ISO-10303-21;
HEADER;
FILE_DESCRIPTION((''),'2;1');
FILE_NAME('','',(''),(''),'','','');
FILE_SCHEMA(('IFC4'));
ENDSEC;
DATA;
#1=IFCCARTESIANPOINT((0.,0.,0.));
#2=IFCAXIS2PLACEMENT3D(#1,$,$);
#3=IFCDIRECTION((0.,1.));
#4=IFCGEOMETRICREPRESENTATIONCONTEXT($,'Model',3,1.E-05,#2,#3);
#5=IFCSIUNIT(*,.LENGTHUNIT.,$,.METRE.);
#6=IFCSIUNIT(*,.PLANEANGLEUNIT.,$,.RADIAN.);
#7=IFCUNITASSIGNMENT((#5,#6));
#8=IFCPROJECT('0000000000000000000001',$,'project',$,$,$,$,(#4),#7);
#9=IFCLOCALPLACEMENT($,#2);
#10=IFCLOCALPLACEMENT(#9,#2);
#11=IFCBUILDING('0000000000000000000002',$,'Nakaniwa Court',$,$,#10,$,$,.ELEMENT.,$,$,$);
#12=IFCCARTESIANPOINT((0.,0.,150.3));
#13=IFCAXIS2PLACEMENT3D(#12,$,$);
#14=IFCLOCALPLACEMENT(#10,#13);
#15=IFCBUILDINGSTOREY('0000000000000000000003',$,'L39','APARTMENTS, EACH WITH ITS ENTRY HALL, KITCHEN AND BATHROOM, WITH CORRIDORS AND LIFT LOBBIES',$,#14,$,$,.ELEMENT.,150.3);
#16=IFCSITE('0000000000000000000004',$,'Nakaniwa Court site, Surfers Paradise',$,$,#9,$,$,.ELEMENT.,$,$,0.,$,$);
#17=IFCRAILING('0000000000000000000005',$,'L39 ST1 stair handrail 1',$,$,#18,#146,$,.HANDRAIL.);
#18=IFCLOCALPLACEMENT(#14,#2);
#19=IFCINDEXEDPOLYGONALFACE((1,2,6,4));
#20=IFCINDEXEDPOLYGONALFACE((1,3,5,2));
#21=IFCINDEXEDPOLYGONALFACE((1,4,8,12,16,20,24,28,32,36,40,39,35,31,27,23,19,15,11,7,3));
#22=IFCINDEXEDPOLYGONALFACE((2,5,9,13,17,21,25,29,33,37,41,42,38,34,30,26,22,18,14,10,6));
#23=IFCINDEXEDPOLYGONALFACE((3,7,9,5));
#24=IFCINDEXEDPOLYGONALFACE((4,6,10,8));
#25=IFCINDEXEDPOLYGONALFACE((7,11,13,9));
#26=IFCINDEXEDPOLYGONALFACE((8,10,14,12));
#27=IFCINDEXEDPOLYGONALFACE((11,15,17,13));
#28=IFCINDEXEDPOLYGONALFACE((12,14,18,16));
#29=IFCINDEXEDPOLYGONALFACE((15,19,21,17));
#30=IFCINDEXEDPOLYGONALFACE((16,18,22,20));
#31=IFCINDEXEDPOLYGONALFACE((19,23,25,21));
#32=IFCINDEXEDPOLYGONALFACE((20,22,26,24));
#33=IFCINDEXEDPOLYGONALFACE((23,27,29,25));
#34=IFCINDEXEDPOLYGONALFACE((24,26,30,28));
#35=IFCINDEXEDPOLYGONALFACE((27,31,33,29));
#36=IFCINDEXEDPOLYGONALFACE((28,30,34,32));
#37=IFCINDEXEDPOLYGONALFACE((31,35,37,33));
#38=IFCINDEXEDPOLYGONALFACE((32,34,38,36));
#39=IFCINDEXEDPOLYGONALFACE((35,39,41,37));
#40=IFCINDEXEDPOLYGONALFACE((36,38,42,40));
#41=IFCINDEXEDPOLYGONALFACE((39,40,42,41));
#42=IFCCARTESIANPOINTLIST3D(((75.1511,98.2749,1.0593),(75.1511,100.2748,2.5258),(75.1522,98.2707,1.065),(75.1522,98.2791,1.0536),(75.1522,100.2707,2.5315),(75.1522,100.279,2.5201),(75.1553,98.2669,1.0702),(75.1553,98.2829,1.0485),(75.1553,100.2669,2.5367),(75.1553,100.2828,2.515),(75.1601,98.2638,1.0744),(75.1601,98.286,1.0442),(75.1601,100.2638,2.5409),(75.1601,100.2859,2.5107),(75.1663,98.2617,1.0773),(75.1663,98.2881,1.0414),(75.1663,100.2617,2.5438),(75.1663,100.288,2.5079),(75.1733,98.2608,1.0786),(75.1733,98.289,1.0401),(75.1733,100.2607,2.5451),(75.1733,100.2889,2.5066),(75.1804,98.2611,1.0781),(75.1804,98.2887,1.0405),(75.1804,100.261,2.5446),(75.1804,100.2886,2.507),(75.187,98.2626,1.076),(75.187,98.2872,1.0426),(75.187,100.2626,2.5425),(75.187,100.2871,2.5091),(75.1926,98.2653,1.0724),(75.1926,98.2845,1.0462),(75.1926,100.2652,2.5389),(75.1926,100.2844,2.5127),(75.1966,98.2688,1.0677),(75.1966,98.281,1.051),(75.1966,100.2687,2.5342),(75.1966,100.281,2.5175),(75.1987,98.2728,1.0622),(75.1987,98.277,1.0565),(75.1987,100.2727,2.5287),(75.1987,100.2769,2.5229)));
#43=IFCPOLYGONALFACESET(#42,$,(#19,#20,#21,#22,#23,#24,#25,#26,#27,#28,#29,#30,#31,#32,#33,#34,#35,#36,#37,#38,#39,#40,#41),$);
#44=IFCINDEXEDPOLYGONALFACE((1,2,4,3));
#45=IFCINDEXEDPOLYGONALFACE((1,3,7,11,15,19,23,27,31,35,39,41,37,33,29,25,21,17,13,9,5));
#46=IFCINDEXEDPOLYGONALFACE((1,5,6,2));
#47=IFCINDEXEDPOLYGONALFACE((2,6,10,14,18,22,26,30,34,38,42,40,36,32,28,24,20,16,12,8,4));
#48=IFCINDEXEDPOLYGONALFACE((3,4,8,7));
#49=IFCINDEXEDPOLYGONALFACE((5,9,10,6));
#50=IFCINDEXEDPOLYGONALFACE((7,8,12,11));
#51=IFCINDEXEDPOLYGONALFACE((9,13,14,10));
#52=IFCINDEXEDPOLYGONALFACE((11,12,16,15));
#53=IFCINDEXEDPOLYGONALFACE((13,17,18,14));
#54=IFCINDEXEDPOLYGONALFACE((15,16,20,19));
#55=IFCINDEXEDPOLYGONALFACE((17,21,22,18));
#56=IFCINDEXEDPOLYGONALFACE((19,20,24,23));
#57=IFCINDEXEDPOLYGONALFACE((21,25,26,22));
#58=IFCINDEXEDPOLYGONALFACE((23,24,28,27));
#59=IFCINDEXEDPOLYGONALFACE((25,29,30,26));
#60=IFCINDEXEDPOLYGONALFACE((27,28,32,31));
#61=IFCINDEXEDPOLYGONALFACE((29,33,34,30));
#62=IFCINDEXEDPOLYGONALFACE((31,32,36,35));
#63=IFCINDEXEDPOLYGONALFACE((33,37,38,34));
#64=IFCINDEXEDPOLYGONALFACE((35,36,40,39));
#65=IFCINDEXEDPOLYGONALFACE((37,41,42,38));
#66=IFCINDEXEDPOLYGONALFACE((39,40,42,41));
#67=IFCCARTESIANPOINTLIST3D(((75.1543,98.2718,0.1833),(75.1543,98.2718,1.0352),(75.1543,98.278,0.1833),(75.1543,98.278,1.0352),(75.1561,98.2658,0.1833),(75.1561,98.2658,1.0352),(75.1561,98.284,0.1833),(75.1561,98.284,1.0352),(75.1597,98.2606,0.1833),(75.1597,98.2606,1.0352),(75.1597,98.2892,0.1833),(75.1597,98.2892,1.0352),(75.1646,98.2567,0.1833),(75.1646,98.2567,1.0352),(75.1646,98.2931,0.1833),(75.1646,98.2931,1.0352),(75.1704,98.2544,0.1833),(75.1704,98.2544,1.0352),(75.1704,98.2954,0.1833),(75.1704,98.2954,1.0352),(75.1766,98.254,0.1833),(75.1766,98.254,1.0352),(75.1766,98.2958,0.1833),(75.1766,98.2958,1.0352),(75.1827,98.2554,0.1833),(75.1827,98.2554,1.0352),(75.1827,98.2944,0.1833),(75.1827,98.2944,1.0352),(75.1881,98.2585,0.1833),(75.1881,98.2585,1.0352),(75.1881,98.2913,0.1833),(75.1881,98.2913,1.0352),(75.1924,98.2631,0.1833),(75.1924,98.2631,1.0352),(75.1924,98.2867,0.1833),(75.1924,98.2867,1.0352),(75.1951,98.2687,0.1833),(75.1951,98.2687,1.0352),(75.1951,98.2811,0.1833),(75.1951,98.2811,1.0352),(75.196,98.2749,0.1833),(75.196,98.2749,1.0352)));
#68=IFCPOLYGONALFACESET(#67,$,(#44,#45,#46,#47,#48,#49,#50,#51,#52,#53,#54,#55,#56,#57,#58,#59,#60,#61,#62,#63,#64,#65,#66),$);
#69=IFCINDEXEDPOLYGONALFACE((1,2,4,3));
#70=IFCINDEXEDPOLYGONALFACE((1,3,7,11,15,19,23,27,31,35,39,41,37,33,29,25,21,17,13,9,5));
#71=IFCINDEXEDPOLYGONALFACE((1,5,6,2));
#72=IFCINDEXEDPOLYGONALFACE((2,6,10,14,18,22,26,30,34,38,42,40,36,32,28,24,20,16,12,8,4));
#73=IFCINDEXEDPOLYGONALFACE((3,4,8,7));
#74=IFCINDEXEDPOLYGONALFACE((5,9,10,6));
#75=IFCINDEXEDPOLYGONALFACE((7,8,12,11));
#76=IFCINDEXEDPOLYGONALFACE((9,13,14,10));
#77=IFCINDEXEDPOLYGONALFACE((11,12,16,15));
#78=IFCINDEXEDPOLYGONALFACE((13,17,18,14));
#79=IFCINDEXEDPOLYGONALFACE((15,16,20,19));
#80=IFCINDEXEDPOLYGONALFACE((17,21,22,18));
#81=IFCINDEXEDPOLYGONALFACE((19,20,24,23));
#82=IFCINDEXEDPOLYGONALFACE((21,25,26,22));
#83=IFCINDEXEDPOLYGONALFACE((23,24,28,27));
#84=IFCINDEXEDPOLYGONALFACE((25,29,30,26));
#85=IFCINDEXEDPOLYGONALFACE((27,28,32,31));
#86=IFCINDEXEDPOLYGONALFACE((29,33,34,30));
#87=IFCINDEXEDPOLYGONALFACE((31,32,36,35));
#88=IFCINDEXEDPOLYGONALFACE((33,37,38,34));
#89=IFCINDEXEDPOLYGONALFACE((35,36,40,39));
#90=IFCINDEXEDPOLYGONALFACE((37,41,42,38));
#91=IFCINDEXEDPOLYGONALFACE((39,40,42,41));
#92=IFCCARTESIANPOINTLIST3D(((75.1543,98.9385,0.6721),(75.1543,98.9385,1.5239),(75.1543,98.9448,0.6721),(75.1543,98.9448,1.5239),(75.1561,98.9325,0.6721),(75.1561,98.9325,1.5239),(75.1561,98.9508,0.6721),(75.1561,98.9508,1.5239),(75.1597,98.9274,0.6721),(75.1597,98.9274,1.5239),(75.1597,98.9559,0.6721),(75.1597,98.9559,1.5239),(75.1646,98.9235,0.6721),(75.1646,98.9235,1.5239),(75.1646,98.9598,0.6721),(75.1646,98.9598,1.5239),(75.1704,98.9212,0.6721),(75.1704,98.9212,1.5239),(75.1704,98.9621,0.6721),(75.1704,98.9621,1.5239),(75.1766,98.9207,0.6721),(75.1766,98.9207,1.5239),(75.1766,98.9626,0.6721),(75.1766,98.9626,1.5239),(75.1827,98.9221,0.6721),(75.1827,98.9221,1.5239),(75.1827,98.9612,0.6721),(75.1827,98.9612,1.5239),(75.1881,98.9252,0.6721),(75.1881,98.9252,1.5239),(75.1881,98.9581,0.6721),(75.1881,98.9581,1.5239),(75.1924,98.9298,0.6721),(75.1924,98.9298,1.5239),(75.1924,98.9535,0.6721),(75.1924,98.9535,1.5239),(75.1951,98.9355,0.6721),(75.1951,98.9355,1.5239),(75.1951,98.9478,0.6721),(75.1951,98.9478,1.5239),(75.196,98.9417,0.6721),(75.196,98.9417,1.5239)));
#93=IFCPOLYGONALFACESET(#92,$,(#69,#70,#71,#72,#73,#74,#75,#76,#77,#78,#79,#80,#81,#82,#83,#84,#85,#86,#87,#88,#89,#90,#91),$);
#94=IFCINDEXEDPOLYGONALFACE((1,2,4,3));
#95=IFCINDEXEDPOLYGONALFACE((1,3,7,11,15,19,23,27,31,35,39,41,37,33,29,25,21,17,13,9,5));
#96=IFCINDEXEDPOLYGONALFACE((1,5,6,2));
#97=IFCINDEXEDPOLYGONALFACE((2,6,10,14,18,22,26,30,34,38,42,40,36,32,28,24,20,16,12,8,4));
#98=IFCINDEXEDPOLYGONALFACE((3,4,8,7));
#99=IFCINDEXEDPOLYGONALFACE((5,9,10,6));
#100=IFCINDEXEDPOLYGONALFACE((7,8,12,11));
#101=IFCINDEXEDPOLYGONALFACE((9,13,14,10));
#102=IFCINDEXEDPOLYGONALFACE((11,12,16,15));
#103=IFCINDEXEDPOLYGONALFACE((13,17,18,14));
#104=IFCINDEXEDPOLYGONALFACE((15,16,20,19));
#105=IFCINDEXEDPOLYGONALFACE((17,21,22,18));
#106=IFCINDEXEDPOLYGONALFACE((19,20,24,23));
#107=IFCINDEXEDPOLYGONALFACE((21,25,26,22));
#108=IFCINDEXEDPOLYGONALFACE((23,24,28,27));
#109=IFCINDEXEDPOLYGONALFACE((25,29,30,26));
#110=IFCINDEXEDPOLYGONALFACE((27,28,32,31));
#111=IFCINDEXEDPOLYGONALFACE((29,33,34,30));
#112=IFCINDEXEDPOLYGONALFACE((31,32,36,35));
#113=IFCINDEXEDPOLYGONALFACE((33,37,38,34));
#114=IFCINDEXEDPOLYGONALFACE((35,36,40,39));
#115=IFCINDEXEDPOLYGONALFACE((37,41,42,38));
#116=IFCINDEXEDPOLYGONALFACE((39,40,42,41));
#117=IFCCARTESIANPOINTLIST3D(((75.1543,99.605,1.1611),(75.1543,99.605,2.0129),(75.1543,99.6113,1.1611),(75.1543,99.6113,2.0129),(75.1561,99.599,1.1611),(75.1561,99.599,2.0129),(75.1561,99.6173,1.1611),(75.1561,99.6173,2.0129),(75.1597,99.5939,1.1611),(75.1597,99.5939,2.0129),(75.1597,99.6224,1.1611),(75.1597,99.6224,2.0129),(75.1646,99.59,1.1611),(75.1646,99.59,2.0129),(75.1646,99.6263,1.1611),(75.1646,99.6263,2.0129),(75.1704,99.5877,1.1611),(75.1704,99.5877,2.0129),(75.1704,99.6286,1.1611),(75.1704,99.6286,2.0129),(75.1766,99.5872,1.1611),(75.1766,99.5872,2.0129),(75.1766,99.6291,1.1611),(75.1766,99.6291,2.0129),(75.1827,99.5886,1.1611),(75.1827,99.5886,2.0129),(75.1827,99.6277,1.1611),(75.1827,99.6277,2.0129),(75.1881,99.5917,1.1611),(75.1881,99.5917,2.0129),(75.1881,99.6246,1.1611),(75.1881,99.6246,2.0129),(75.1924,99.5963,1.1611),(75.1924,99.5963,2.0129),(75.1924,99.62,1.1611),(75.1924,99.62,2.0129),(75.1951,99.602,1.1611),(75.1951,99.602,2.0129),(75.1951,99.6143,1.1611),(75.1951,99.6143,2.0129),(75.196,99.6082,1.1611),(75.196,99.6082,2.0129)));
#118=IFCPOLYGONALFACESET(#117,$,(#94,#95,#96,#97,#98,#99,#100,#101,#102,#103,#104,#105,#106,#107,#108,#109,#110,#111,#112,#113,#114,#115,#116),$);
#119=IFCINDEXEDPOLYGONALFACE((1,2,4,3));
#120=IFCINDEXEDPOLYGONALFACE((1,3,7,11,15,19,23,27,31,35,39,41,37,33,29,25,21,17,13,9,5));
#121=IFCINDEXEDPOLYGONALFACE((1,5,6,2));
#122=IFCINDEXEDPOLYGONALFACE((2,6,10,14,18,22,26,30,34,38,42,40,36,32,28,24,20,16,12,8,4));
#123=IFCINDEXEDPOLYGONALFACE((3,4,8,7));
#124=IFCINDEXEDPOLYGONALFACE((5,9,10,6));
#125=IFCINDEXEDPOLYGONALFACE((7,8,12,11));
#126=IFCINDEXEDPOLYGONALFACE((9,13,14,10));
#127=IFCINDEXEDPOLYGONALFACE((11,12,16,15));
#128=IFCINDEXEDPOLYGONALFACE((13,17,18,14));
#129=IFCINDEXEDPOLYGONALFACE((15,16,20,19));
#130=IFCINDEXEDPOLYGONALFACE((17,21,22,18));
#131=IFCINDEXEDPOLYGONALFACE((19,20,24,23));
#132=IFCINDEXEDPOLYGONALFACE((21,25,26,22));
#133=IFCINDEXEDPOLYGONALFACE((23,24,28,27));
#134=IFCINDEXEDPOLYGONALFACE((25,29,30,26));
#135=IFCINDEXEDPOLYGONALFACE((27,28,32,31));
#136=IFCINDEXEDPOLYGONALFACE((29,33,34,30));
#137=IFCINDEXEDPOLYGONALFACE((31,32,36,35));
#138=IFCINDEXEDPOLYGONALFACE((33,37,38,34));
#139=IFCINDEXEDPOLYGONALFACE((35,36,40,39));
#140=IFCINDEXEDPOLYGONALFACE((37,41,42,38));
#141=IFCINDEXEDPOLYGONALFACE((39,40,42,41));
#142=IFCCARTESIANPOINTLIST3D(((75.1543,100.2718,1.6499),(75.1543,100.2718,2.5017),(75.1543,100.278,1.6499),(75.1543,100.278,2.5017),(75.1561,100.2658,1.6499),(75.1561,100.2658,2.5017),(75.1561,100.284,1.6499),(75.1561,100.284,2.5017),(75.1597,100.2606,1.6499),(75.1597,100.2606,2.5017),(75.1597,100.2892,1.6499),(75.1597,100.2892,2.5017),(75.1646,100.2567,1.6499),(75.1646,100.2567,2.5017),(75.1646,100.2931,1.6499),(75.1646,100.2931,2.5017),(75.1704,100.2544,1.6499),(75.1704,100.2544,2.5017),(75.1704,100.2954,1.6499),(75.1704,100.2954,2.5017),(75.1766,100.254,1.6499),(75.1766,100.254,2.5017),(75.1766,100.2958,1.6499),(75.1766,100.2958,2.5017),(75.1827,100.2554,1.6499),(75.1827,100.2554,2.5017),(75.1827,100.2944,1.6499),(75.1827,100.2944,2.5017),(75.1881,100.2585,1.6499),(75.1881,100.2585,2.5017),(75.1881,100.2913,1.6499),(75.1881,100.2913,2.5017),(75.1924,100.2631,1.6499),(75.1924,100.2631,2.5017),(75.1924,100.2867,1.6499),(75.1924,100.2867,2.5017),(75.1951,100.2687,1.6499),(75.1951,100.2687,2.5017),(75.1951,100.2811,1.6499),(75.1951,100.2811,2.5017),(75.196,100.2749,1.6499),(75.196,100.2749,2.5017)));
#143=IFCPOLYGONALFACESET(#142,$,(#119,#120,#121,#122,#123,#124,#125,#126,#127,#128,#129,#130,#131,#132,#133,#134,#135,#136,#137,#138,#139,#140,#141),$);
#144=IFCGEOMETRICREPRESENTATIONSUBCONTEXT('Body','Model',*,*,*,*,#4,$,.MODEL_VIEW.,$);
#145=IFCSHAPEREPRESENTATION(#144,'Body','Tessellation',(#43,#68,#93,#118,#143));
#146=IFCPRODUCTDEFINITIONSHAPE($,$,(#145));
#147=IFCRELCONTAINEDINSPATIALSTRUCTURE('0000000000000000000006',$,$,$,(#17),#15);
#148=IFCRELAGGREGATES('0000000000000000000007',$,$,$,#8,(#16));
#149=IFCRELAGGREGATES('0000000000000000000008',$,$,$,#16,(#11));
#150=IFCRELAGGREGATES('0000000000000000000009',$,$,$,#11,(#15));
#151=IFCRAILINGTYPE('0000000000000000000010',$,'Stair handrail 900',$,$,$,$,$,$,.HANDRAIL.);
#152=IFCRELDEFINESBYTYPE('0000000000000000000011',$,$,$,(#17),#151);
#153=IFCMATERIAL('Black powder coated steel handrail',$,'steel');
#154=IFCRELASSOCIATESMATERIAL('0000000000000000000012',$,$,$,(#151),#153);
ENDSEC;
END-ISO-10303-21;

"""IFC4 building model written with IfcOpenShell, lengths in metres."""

from ifc_helpers import new_model, si_unit, direction, frame, origin, origin_2d, place, context, subcontext, project, spatial, circle, extrude, material, type_object, element, save


model = new_model("IFC4")

# Units and contexts
model_context = context("Model", 3, precision=1e-05, world=origin(), true_north=direction((0.0, 1.0)))
body_context = subcontext(model_context, "Body", "Model", "MODEL_VIEW")
ifc_project = project(units=[si_unit("LENGTHUNIT", "METRE"), si_unit("PLANEANGLEUNIT", "RADIAN")], contexts=[model_context])

# Site, building, storey
site_placement = place(None, origin())
site = spatial("IfcSite", under=ifc_project, at=site_placement, Name="Nakaniwa Court site, Surfers Paradise", CompositionType="ELEMENT", RefElevation=0.0)
building_placement = place(site_placement, origin())
building = spatial("IfcBuilding", under=site, at=building_placement, Name="Nakaniwa Court", CompositionType="ELEMENT")
storey_placement = place(building_placement, frame((0.0, 0.0, 150.3)))
storey = spatial("IfcBuildingStorey", under=building, at=storey_placement, Name="L39", Description="APARTMENTS, EACH WITH ITS ENTRY HALL, KITCHEN AND BATHROOM, WITH CORRIDORS AND LIFT LOBBIES", CompositionType="ELEMENT", Elevation=150.3)

# Railing
ifc_material_1 = material(Name="Black powder coated steel handrail", Category="steel")
railing_type_1 = type_object("IfcRailingType", Name="Stair handrail 900", PredefinedType="HANDRAIL", material=ifc_material_1)
railing_1_placement = place(storey_placement, frame((75.175, 98.2749, 0.1833)))
element("IfcRailing", 1, at=railing_1_placement, inside=storey, type_object=railing_type_1, Name="L39 ST1 stair handrail 1", PredefinedType="HANDRAIL", context=body_context, shape_type="SweptSolid", body=[
    extrude(circle(Radius=0.0239, at=origin_2d()), frame((0.0, 0.0, 0.876), z_axis=(0.0, 0.806427, 0.591334), x_axis=(-1.0, 0.0, 0.0)), (0.0, 0.0, 1.0), 2.48),
    extrude(circle(Radius=0.021, at=origin_2d()), origin(), (0.0, 0.0, 1.0), 0.8518),
    extrude(circle(Radius=0.021, at=origin_2d()), frame((0.0, 0.6667, 0.4888)), (0.0, 0.0, 1.0), 0.8518),
    extrude(circle(Radius=0.021, at=origin_2d()), frame((0.0, 1.3333, 0.9778)), (0.0, 0.0, 1.0), 0.8518),
    extrude(circle(Radius=0.021, at=origin_2d()), frame((0.0, 2.0, 1.4666)), (0.0, 0.0, 1.0), 0.8518),
])

save(model, "model.ifc")
